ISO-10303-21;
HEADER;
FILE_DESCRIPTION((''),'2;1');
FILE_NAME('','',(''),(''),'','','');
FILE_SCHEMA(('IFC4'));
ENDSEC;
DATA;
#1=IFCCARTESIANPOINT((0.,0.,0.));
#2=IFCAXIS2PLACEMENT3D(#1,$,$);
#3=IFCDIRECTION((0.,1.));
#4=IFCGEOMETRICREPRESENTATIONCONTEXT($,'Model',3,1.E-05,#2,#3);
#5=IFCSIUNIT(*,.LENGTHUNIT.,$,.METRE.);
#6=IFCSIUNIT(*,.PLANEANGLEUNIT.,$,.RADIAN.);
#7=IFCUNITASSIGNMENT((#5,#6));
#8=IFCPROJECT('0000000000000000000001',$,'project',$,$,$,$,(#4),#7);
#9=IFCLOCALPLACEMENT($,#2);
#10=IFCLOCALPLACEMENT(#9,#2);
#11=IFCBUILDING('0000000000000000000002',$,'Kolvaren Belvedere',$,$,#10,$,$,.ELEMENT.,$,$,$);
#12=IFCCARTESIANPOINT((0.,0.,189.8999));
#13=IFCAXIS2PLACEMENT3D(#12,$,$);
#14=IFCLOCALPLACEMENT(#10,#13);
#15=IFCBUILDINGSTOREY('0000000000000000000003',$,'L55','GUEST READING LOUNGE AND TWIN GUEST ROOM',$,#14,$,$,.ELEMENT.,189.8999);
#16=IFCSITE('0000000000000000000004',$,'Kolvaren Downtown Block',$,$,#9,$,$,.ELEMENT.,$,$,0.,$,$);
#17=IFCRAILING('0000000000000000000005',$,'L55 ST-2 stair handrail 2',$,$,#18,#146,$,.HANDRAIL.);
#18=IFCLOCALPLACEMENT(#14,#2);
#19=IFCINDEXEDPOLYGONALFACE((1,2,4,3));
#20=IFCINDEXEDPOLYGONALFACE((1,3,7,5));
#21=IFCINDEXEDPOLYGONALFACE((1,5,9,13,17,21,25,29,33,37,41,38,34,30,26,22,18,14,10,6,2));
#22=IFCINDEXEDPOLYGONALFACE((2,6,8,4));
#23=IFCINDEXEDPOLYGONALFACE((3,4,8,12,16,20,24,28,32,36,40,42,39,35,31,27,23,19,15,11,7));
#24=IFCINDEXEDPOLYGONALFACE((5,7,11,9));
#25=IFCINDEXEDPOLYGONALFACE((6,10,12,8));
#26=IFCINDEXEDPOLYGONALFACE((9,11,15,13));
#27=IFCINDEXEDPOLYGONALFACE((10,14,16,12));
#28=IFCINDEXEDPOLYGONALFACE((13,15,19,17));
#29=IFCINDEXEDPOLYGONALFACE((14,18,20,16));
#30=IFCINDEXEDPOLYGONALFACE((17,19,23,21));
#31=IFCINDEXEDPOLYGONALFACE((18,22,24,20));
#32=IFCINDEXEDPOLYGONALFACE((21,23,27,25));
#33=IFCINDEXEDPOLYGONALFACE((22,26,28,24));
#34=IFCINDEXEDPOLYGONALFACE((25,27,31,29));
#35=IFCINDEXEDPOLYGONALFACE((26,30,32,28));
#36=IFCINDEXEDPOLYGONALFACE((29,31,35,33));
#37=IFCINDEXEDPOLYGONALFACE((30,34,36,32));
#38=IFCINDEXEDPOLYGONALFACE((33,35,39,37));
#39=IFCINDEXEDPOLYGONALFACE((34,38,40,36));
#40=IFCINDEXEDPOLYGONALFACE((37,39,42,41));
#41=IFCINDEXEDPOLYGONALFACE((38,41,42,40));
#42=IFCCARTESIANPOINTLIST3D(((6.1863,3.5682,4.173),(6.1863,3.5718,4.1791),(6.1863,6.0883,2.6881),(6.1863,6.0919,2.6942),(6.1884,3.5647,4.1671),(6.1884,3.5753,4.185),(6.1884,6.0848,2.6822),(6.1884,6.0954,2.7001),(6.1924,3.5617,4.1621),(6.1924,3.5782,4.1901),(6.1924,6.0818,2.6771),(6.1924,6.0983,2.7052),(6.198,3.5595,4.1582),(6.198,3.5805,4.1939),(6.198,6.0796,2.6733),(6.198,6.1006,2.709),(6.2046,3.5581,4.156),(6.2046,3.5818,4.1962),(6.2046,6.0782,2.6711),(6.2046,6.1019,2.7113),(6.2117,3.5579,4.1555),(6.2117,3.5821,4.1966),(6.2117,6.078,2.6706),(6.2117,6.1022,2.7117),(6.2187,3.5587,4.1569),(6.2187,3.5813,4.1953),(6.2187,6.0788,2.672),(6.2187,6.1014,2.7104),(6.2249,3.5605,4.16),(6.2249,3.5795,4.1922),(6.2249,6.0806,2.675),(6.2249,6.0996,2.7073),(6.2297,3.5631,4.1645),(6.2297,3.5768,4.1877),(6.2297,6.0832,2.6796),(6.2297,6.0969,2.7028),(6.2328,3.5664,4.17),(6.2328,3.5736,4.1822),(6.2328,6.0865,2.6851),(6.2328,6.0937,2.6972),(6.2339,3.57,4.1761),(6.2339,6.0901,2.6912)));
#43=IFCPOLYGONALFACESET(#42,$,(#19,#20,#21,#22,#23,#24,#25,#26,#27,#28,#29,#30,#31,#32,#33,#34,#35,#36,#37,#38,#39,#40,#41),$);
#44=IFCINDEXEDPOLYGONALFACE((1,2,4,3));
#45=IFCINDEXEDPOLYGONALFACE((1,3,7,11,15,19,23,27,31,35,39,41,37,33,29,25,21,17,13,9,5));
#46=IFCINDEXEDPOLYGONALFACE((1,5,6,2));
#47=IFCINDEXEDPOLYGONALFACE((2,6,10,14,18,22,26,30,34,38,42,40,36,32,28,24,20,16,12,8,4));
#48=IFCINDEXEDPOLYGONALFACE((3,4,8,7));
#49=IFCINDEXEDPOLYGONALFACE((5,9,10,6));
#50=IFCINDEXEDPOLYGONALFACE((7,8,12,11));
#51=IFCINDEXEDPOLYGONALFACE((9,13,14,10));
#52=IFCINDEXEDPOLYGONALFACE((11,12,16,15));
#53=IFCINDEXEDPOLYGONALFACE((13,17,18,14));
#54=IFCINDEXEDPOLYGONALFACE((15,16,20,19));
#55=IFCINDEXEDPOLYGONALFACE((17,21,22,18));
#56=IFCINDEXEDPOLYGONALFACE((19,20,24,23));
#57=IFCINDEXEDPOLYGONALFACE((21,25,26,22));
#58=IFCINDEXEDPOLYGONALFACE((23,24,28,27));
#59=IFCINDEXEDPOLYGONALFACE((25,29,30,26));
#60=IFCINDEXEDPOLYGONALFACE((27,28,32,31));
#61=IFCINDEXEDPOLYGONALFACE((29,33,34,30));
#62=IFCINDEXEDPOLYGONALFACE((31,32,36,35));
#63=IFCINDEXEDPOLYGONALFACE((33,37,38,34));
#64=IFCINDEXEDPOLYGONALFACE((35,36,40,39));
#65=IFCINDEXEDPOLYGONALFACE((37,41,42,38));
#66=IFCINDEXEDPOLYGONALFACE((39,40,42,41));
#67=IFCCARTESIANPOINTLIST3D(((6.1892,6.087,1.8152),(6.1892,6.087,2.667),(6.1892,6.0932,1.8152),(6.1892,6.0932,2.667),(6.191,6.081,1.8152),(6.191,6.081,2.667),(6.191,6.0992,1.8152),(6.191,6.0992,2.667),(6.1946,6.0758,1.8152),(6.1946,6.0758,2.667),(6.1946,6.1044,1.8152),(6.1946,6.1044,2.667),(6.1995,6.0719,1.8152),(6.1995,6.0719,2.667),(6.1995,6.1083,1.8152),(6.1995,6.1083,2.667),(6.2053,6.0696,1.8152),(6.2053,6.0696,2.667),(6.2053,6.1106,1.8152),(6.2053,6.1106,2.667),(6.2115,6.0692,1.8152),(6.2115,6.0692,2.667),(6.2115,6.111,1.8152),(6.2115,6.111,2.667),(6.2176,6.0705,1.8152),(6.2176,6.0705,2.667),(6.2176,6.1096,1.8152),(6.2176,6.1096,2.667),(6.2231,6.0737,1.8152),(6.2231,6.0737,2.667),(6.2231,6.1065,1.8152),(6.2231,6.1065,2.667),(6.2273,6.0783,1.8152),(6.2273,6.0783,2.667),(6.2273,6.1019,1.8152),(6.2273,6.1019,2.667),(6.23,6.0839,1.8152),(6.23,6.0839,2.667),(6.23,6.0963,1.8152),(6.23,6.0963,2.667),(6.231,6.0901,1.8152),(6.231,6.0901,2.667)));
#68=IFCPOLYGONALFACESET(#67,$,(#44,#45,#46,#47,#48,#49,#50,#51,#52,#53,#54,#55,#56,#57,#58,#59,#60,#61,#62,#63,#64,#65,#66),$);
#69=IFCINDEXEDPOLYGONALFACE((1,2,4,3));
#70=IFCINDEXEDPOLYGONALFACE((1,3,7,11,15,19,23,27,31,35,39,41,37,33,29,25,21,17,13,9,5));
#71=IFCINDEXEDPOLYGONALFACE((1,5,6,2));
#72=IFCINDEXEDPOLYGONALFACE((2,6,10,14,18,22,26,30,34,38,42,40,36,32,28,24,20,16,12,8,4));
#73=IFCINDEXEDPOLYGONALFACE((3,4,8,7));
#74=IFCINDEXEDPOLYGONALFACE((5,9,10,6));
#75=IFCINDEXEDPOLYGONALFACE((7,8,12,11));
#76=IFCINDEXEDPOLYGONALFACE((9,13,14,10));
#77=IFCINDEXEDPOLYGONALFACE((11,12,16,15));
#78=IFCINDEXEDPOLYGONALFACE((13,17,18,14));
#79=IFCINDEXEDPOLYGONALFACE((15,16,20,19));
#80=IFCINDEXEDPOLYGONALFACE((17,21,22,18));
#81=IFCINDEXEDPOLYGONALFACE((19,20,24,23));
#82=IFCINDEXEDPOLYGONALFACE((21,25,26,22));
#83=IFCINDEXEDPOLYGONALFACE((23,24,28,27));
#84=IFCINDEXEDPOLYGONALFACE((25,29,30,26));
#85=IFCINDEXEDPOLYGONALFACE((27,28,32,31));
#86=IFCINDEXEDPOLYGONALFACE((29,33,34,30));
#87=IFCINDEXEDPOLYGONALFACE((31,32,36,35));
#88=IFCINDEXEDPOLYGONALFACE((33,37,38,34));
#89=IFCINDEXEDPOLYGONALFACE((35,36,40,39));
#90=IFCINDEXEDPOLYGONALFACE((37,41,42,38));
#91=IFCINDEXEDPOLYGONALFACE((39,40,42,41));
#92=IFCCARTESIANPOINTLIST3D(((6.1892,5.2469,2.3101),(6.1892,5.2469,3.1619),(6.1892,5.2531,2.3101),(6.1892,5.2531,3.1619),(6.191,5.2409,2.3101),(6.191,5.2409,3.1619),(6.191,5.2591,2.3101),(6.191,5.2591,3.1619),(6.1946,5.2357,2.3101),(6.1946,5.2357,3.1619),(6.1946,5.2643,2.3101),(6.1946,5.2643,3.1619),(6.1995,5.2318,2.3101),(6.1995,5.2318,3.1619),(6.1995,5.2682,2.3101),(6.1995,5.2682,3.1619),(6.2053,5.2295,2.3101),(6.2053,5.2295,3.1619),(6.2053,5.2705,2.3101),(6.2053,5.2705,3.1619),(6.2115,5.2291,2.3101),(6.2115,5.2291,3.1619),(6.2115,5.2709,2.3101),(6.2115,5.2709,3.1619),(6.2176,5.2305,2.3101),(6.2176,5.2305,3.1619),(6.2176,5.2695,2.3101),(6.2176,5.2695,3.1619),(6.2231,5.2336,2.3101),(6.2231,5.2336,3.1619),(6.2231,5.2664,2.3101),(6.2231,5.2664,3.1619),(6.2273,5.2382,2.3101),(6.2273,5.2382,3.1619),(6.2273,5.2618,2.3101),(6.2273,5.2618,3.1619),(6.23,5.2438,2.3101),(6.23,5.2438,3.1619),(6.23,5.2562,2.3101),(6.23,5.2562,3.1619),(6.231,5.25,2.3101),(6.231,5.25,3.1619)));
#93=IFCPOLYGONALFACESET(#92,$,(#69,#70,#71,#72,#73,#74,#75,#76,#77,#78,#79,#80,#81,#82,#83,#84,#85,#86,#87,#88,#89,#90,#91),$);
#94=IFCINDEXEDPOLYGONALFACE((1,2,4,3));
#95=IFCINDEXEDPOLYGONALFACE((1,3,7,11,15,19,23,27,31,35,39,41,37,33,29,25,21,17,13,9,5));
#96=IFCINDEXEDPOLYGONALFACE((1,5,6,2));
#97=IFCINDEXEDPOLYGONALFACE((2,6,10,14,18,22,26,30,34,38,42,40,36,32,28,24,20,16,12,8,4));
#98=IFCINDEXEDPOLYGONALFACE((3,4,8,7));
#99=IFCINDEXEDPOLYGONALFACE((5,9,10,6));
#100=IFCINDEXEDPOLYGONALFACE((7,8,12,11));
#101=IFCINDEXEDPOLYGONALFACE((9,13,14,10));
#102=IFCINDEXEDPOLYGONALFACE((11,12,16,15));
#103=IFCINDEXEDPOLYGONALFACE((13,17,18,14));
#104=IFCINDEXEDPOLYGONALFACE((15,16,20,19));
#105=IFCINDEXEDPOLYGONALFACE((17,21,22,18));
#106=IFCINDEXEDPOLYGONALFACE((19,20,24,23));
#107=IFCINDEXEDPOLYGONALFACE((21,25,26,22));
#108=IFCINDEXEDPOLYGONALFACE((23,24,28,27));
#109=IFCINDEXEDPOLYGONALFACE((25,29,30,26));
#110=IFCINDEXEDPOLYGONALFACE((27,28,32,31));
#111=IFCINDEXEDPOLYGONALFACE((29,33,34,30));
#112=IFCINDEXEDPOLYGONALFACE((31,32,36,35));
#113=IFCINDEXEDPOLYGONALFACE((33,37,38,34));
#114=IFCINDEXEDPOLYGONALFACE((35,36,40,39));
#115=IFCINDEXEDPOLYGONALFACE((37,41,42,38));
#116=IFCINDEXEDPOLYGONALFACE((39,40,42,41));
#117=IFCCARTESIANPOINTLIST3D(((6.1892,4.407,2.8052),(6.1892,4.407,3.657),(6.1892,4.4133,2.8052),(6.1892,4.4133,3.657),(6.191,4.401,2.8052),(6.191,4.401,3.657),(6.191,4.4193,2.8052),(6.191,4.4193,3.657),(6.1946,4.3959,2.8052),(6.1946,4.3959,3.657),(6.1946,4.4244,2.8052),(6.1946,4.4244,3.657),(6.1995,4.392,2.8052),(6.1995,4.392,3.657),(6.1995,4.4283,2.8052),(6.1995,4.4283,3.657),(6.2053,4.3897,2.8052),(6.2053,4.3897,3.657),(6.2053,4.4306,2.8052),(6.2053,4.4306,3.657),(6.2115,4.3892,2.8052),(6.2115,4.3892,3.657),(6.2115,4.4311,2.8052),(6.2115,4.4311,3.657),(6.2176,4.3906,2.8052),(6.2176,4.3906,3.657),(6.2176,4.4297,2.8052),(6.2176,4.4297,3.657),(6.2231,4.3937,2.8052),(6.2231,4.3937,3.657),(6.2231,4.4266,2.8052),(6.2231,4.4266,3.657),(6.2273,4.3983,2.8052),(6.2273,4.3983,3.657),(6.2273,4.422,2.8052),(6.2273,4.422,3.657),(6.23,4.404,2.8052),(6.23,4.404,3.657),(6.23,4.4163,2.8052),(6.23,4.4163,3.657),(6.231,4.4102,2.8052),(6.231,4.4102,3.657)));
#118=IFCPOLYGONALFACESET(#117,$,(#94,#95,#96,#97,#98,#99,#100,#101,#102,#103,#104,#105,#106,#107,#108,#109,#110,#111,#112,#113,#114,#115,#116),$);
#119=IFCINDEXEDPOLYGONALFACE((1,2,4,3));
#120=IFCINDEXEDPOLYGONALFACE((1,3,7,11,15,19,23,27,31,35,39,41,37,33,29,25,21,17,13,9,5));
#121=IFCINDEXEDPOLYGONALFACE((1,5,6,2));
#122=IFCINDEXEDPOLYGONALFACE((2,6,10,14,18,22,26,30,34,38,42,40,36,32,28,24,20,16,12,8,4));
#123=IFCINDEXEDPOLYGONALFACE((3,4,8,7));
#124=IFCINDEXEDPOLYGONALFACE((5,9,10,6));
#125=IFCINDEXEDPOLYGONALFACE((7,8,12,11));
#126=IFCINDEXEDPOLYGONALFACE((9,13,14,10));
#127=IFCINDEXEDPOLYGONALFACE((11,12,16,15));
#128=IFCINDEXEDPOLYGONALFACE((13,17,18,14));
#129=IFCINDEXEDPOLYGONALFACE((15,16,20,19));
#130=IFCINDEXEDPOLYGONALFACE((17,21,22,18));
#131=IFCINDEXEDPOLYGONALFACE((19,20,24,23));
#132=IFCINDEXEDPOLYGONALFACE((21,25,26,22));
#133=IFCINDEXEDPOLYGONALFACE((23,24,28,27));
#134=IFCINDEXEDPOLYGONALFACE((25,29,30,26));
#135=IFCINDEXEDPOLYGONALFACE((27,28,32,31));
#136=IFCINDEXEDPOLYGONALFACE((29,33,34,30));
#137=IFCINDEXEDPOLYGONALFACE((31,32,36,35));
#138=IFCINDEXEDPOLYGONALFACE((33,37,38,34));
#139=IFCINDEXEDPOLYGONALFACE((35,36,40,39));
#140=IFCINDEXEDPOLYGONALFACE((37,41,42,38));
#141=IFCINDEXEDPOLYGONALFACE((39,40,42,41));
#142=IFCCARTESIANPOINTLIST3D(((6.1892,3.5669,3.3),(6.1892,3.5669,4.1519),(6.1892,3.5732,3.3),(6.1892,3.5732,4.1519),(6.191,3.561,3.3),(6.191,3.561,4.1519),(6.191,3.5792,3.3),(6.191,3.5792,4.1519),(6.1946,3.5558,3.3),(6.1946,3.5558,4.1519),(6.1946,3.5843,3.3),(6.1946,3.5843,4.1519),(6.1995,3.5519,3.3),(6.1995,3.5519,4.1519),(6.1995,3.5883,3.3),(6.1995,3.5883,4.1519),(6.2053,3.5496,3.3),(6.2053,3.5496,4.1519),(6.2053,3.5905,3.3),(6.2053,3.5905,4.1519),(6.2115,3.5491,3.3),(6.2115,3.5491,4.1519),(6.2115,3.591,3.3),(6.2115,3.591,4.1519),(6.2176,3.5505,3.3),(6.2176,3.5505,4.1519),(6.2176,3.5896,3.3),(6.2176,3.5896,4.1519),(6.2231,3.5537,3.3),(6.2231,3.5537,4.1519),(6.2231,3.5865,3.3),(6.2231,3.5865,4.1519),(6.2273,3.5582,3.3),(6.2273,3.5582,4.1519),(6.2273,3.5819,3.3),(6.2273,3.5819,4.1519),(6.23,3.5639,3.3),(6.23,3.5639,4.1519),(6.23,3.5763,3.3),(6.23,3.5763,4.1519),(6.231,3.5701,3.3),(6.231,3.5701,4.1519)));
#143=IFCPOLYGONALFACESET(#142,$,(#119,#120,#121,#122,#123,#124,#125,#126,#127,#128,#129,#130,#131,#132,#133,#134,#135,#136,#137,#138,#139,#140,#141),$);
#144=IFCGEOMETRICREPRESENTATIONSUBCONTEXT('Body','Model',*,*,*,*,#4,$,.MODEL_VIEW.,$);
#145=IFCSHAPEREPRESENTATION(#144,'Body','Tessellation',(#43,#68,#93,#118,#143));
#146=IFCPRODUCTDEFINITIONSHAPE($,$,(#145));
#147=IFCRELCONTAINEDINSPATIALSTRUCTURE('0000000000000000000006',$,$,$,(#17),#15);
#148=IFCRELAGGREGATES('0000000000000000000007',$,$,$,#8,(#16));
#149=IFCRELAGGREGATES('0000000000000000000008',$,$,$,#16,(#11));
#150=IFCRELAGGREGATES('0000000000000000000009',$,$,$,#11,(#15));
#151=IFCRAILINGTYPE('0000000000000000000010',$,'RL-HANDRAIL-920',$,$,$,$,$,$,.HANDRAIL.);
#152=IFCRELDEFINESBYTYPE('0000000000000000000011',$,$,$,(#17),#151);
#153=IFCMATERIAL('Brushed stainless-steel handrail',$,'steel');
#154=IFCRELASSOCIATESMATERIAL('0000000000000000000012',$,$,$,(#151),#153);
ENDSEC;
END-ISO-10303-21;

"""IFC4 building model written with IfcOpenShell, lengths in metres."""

from ifc_helpers import new_model, si_unit, direction, frame, origin, origin_2d, place, context, subcontext, project, spatial, circle, extrude, material, type_object, element, save


model = new_model("IFC4")

# Units and contexts
model_context = context("Model", 3, precision=1e-05, world=origin(), true_north=direction((0.0, 1.0)))
body_context = subcontext(model_context, "Body", "Model", "MODEL_VIEW")
ifc_project = project(units=[si_unit("LENGTHUNIT", "METRE"), si_unit("PLANEANGLEUNIT", "RADIAN")], contexts=[model_context])

# Site, building, storey
site_placement = place(None, origin())
site = spatial("IfcSite", under=ifc_project, at=site_placement, Name="Kolvaren Downtown Block", CompositionType="ELEMENT", RefElevation=0.0)
building_placement = place(site_placement, origin())
building = spatial("IfcBuilding", under=site, at=building_placement, Name="Kolvaren Belvedere", CompositionType="ELEMENT")
storey_placement = place(building_placement, frame((0.0, 0.0, 189.8999)))
storey = spatial("IfcBuildingStorey", under=building, at=storey_placement, Name="L55", Description="GUEST READING LOUNGE AND TWIN GUEST ROOM", CompositionType="ELEMENT", Elevation=189.8999)

# Railing
ifc_material_1 = material(Name="Brushed stainless-steel handrail", Category="steel")
railing_type_1 = type_object("IfcRailingType", Name="RL-HANDRAIL-920", PredefinedType="HANDRAIL", material=ifc_material_1)
railing_1_placement = place(storey_placement, frame((6.21, 6.0901, 1.8152)))
element("IfcRailing", 1, at=railing_1_placement, inside=storey, type_object=railing_type_1, Name="L55 ST-2 stair handrail 2", PredefinedType="HANDRAIL", context=body_context, shape_type="SweptSolid", body=[
    extrude(circle(Radius=0.0239, at=origin_2d()), frame((0.0, 0.0, 0.876), z_axis=(0.0, -0.861561, 0.507655), x_axis=(1.0, 0.0, 0.0)), (0.0, 0.0, 1.0), 2.925),
    extrude(circle(Radius=0.021, at=origin_2d()), origin(), (0.0, 0.0, 1.0), 0.8518),
    extrude(circle(Radius=0.021, at=origin_2d()), frame((0.0, -0.8401, 0.4949)), (0.0, 0.0, 1.0), 0.8518),
    extrude(circle(Radius=0.021, at=origin_2d()), frame((0.0, -1.6799, 0.99)), (0.0, 0.0, 1.0), 0.8518),
    extrude(circle(Radius=0.021, at=origin_2d()), frame((0.0, -2.52, 1.4849)), (0.0, 0.0, 1.0), 0.8518),
])

save(model, "model.ifc")
